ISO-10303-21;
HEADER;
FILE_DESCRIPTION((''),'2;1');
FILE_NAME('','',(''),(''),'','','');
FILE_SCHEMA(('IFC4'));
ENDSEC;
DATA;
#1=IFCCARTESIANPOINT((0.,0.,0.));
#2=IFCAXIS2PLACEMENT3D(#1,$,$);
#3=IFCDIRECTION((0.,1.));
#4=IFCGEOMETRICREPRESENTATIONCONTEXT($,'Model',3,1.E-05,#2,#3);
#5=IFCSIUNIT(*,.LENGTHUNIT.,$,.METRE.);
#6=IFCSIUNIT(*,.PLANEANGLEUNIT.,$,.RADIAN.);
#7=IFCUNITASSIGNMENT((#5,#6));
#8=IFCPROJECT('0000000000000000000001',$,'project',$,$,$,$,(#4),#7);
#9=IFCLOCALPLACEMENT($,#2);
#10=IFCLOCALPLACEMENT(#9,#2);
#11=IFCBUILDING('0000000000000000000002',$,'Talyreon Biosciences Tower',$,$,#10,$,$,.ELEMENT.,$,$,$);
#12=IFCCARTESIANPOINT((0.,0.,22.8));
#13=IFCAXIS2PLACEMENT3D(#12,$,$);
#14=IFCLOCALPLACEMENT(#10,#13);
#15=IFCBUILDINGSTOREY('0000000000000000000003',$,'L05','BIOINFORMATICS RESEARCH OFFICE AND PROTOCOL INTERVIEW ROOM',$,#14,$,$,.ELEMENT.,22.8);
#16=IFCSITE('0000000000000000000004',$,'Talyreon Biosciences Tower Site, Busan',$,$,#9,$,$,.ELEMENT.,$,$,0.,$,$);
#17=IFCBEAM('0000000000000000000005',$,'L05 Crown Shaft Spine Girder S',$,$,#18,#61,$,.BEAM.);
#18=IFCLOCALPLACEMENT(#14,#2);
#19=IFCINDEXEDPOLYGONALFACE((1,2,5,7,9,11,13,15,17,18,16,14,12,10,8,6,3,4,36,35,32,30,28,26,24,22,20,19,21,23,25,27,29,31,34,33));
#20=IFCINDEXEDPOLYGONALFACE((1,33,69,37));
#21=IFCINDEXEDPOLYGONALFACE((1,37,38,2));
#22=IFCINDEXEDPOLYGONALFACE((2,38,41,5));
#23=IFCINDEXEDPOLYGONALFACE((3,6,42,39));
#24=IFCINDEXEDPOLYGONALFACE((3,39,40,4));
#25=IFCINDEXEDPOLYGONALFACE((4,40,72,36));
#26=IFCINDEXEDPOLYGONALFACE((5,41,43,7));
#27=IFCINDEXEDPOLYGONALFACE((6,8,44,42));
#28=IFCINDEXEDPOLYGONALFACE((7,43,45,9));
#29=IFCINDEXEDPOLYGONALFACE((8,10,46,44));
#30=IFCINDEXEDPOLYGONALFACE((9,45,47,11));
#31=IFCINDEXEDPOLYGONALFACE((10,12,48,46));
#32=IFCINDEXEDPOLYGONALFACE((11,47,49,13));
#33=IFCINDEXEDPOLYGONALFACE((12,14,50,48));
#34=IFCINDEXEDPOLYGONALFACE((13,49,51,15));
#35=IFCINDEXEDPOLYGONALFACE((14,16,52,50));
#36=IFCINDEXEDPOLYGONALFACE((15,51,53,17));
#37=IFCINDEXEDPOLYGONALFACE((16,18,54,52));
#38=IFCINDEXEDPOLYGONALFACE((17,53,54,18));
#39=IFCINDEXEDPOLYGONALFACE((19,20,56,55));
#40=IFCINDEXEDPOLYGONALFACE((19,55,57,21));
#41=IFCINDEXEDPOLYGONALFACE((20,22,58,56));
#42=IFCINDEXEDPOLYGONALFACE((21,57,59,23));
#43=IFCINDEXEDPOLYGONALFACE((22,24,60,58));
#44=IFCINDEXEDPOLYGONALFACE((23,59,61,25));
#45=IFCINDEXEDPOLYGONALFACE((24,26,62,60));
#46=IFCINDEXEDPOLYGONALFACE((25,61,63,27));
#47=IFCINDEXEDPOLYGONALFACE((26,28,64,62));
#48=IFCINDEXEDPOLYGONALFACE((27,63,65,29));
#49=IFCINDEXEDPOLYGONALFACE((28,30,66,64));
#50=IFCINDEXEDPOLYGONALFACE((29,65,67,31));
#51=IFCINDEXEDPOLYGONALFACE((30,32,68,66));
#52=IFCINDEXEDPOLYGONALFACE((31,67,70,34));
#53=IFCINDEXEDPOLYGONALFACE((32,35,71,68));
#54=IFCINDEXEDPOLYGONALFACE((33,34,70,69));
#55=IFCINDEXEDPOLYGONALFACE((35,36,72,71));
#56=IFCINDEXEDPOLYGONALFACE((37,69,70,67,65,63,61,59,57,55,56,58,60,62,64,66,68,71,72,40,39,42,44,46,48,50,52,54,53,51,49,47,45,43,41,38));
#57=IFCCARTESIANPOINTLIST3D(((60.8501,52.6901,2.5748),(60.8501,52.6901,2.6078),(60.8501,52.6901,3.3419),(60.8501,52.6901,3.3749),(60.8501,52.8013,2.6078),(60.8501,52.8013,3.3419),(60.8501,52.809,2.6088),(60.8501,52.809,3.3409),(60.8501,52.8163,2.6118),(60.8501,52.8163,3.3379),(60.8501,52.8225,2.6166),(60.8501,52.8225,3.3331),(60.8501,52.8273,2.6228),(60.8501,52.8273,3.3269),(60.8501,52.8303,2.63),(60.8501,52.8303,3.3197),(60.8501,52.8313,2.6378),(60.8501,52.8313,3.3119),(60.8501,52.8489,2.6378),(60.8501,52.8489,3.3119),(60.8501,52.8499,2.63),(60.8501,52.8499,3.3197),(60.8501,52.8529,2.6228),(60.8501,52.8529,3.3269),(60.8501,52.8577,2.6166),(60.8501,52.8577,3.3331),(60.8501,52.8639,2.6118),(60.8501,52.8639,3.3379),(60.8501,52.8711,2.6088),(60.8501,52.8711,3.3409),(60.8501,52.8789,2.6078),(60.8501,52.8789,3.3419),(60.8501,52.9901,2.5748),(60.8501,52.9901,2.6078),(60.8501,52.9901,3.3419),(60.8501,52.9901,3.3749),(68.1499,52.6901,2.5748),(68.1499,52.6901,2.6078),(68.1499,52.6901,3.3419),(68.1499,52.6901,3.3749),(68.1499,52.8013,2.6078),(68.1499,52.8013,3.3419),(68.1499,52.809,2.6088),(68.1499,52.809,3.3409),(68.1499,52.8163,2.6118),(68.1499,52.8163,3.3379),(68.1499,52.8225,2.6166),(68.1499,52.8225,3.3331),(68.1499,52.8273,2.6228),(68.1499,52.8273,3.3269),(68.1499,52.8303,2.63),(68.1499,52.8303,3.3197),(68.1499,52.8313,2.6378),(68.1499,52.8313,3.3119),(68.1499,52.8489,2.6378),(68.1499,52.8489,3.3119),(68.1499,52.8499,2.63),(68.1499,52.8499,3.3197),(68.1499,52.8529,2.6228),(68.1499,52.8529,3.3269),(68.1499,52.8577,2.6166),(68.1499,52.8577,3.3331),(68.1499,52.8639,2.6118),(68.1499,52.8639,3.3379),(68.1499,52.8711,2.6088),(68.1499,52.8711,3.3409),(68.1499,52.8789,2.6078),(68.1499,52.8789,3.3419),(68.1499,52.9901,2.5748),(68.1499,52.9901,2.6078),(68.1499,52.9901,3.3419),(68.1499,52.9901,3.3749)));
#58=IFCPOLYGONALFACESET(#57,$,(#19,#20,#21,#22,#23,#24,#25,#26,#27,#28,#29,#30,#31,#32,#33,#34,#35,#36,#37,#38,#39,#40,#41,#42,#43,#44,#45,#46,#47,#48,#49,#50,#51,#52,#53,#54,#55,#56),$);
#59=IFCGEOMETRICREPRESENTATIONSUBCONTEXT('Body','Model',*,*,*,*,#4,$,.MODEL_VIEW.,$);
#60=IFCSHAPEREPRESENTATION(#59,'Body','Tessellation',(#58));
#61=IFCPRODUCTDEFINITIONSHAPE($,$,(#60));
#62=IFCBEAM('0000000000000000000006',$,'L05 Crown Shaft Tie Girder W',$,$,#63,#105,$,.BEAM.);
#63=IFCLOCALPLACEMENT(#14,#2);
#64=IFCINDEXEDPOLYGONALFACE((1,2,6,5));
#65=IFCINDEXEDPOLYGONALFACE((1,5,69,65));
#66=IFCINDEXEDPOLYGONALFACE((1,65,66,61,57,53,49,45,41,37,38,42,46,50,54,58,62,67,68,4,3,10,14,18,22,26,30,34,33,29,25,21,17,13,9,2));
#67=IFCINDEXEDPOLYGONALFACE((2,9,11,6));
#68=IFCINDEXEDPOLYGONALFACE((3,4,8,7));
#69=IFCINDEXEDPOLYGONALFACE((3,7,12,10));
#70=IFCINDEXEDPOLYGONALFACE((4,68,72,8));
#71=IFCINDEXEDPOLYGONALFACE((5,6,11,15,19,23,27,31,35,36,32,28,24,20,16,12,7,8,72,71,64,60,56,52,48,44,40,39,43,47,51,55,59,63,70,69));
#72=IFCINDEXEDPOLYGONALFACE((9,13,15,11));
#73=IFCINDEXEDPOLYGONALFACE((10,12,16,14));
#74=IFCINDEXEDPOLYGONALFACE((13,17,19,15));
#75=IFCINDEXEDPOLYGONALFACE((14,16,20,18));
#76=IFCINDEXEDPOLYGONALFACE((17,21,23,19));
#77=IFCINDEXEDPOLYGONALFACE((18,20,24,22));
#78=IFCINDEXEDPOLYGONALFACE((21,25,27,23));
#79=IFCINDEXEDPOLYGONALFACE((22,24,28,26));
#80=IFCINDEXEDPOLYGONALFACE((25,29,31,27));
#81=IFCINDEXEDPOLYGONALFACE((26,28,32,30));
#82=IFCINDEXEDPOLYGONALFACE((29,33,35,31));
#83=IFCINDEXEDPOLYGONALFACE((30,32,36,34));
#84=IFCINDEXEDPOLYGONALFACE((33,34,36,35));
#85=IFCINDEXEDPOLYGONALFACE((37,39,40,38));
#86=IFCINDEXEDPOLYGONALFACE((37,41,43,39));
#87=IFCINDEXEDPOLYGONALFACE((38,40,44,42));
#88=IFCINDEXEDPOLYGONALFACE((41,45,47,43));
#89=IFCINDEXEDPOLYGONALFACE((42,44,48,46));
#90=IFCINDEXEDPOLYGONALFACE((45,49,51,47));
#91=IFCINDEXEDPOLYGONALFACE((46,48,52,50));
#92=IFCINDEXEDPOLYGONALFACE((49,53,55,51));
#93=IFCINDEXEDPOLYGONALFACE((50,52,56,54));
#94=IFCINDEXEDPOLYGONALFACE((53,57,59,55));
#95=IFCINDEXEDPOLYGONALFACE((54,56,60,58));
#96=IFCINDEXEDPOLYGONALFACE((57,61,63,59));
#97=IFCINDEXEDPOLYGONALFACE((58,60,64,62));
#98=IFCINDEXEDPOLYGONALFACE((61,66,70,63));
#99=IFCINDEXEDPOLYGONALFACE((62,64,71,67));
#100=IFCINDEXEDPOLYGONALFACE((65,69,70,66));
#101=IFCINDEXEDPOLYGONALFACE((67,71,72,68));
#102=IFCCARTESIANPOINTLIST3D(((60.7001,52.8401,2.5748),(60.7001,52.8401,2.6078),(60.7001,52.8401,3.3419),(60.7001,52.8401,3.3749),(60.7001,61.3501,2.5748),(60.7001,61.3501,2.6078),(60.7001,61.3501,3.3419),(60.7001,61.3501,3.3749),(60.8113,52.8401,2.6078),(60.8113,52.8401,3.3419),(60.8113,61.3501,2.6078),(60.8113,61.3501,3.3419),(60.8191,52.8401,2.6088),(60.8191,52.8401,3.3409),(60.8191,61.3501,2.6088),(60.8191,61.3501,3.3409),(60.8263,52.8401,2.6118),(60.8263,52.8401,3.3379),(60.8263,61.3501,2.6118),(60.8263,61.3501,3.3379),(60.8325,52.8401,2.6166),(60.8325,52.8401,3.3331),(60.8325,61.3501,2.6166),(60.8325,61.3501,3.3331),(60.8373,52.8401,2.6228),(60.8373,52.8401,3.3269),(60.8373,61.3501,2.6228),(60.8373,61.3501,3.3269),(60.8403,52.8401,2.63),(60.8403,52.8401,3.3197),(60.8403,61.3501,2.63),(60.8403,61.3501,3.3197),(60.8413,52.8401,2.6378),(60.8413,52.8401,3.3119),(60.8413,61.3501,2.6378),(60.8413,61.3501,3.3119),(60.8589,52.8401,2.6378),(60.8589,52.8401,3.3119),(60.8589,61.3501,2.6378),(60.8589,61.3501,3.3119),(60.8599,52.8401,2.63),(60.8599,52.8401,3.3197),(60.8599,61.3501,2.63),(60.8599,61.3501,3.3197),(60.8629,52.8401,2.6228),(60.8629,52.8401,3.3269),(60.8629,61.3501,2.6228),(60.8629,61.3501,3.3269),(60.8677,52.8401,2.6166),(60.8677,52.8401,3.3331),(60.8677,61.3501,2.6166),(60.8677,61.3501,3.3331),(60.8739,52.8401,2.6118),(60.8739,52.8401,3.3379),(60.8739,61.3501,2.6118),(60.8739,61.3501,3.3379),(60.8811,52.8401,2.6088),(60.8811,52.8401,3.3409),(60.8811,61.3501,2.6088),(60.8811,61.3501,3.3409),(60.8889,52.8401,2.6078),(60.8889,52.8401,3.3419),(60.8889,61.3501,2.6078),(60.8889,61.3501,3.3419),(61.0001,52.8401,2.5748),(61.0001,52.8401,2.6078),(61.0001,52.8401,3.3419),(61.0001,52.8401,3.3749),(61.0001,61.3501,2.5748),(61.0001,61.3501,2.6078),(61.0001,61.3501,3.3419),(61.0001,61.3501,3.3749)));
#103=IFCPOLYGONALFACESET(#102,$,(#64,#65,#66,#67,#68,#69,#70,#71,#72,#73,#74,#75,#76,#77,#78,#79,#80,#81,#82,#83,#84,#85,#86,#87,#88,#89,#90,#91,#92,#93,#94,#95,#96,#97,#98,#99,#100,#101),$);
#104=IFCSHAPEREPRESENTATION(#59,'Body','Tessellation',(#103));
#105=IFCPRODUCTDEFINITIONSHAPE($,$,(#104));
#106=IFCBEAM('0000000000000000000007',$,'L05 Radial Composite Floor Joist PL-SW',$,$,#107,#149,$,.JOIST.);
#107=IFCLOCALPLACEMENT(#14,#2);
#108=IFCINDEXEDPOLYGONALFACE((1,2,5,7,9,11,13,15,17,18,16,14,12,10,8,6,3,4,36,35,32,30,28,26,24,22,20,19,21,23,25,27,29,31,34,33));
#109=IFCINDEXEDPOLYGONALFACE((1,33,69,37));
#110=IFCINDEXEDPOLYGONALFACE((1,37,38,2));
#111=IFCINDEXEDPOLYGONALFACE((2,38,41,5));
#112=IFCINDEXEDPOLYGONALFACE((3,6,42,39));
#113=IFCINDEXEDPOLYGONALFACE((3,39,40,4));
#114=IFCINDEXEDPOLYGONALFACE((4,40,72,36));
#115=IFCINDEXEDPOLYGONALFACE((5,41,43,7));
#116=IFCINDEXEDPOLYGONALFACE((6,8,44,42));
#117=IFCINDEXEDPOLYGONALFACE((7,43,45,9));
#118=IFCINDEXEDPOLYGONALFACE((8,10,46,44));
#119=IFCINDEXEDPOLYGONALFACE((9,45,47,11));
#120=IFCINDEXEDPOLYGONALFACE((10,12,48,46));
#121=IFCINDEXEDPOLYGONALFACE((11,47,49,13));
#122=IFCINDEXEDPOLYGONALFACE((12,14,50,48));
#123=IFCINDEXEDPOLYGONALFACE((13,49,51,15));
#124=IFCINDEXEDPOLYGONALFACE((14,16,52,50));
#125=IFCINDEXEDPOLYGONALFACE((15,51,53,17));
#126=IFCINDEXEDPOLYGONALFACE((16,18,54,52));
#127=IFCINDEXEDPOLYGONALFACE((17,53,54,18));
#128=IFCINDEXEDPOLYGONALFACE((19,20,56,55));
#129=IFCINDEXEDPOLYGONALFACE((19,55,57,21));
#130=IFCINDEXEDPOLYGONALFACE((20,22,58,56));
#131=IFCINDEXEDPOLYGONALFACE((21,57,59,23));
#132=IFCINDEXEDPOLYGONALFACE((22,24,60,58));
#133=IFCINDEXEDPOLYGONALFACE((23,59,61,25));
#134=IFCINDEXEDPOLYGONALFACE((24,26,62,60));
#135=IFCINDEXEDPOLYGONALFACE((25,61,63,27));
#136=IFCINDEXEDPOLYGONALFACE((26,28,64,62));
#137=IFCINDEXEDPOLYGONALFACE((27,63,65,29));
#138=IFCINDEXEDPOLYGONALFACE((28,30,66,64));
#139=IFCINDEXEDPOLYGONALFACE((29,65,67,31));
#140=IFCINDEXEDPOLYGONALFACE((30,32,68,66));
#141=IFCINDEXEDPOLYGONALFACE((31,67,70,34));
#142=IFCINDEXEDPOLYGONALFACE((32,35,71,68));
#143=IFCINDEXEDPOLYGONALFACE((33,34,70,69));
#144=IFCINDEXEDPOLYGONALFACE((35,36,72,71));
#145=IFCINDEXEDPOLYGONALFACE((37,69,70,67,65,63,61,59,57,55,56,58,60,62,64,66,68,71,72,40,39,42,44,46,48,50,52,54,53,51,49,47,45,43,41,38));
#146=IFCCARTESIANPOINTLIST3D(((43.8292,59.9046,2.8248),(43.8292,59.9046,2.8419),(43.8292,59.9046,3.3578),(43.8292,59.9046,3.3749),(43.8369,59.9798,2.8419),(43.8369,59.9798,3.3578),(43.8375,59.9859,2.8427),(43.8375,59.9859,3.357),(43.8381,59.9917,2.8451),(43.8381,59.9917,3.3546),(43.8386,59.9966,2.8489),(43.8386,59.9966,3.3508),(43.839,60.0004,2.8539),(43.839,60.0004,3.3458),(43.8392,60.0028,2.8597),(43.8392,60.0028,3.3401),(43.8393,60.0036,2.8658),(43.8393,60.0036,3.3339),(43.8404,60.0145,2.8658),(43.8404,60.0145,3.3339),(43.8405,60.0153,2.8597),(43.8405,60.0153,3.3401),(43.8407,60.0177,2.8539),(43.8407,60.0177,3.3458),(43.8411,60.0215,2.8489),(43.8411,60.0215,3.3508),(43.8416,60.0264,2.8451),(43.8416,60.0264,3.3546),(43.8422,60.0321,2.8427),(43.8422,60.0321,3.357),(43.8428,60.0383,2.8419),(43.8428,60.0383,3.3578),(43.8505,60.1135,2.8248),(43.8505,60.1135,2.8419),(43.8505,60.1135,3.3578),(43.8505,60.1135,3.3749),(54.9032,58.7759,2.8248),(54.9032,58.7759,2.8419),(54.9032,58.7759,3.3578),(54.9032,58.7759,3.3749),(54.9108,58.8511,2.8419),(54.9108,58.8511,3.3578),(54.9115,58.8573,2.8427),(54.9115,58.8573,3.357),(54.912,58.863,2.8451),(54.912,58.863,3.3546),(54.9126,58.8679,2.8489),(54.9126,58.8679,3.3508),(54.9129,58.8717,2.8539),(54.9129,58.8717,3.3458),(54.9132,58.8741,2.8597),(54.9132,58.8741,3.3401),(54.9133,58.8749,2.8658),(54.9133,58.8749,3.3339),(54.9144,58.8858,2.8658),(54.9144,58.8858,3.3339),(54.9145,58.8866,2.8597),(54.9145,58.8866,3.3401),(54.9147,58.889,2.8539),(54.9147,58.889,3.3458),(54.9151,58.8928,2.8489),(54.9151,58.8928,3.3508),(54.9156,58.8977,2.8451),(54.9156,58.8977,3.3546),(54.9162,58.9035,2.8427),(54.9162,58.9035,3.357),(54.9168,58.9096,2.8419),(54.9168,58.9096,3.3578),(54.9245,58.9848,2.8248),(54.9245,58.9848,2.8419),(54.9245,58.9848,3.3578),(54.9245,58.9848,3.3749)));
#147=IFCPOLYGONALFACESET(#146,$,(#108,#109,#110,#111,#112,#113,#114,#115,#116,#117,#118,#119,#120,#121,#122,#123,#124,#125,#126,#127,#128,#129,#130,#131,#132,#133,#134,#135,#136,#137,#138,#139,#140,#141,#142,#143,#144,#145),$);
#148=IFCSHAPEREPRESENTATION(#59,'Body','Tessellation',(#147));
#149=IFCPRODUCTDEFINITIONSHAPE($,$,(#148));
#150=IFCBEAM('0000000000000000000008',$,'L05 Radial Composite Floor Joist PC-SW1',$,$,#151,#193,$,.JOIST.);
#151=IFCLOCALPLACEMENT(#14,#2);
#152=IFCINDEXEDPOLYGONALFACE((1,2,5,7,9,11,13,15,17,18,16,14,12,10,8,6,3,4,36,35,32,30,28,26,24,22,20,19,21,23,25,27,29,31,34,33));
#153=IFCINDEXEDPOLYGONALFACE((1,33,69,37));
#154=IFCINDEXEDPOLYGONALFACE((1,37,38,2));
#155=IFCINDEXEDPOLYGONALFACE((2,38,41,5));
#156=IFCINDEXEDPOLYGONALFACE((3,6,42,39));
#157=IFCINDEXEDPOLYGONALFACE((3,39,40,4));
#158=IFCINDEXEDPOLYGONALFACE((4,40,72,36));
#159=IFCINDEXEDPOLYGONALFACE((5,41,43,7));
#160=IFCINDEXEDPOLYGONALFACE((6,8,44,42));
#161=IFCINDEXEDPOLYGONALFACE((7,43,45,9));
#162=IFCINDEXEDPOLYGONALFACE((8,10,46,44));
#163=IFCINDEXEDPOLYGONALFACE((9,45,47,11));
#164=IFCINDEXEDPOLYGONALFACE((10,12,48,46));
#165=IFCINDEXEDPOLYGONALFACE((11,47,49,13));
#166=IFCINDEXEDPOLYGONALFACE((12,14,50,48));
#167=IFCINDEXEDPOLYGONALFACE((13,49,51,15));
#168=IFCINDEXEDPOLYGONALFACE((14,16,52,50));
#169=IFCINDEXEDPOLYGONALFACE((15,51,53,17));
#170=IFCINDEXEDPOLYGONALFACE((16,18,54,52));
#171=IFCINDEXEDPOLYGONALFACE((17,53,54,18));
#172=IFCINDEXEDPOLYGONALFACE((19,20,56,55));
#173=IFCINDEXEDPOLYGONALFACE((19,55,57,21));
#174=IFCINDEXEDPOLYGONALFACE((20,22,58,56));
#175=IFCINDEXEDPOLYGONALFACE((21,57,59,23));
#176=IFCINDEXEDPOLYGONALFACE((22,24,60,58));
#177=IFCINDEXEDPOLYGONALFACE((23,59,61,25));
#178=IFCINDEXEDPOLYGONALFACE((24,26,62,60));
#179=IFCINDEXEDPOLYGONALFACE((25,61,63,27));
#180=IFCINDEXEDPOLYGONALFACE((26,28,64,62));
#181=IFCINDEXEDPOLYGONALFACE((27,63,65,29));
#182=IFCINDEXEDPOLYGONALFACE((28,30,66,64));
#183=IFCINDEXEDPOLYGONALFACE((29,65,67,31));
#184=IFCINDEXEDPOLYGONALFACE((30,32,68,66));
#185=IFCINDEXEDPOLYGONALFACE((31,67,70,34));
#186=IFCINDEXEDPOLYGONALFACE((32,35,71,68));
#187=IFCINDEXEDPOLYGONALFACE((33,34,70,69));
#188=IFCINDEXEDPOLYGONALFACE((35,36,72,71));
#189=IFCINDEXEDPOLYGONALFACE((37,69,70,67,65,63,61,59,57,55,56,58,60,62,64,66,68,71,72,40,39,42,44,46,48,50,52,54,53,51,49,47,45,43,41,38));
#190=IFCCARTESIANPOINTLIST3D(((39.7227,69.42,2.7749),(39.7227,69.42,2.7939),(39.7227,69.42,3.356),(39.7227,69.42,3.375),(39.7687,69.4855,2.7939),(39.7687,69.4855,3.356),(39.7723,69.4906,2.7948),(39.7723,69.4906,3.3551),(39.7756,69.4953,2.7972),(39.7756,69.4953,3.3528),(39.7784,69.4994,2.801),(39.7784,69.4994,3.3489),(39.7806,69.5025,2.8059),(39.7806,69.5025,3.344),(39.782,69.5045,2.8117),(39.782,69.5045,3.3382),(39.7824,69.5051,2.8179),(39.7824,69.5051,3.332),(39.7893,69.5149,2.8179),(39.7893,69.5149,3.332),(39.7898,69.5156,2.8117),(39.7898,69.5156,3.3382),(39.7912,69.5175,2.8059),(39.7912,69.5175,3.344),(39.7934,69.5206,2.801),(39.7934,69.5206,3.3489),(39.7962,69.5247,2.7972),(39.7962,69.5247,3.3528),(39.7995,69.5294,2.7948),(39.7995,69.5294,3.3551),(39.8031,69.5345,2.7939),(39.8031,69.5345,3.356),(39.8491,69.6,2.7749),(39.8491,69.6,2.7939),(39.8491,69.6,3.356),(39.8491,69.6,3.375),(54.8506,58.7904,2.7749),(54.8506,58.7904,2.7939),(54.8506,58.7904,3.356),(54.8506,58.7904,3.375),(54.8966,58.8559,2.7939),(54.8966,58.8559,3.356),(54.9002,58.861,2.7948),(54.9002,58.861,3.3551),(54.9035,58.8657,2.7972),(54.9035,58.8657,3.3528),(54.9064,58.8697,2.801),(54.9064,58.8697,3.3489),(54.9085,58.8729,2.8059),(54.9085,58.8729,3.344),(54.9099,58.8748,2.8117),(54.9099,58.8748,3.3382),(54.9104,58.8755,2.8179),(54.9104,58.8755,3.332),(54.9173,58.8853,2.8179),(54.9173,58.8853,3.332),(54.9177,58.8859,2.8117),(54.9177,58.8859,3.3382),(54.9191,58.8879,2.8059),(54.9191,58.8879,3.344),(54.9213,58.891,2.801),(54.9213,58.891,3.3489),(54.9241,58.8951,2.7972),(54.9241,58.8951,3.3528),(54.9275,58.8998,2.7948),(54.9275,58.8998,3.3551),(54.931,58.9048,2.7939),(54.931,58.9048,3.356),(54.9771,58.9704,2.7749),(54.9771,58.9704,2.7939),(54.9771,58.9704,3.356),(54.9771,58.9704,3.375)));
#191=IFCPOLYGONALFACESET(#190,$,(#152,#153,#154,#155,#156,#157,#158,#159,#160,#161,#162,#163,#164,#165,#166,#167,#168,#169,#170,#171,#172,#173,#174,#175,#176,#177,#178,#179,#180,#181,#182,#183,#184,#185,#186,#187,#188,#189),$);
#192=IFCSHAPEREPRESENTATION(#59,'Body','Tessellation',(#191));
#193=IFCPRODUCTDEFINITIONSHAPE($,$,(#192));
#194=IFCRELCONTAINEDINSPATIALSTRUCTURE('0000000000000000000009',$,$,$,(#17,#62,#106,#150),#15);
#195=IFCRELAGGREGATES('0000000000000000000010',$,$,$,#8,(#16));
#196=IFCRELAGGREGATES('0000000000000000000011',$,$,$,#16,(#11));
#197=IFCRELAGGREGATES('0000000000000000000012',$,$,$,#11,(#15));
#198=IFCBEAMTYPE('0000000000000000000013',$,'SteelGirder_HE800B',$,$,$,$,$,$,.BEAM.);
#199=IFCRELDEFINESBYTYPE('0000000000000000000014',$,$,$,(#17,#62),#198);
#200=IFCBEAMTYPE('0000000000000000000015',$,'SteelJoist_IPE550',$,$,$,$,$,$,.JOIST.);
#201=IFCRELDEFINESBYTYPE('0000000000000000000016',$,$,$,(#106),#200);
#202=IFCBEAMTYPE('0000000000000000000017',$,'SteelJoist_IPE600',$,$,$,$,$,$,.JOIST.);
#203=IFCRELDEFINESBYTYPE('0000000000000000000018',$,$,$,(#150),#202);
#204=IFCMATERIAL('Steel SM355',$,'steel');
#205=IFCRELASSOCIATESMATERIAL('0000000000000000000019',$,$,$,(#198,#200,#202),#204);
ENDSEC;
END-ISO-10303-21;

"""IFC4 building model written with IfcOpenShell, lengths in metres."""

from ifc_helpers import new_model, si_unit, direction, frame, origin, origin_2d, place, context, subcontext, project, spatial, i_section, extrude, material, material_profile, profile_set, type_object, element, save


model = new_model("IFC4")

# Units and contexts
model_context = context("Model", 3, precision=1e-05, world=origin(), true_north=direction((0.0, 1.0)))
body_context = subcontext(model_context, "Body", "Model", "MODEL_VIEW")
ifc_project = project(units=[si_unit("LENGTHUNIT", "METRE"), si_unit("PLANEANGLEUNIT", "RADIAN")], contexts=[model_context])

# Site, building, storey
site_placement = place(None, origin())
site = spatial("IfcSite", under=ifc_project, at=site_placement, Name="Talyreon Biosciences Tower Site, Busan", CompositionType="ELEMENT", RefElevation=0.0)
building_placement = place(site_placement, origin())
building = spatial("IfcBuilding", under=site, at=building_placement, Name="Talyreon Biosciences Tower", CompositionType="ELEMENT")
storey_placement = place(building_placement, frame((0.0, 0.0, 22.8)))
storey = spatial("IfcBuildingStorey", under=building, at=storey_placement, Name="L05", Description="BIOINFORMATICS RESEARCH OFFICE AND PROTOCOL INTERVIEW ROOM", CompositionType="ELEMENT", Elevation=22.8)

# Beams
ifc_material_1 = material(Name="Steel SM355", Category="steel")
ifc_material_profile_1 = material_profile(ifc_material_1, i_section(OverallWidth=0.3, OverallDepth=0.8, WebThickness=0.0176, FlangeThickness=0.033, FilletRadius=0.03, at=origin_2d()), Name="HE800B")
ifc_profile_set_1 = profile_set([ifc_material_profile_1], Name="Steel SM355")
beam_type_1 = type_object("IfcBeamType", Name="SteelGirder_HE800B", PredefinedType="BEAM", material=ifc_profile_set_1)
beam_1_placement = place(storey_placement, frame((60.8501, 52.8401, 2.9749), z_axis=(1.0, 0.0, 0.0), x_axis=(0.0, 1.0, 0.0)))
element("IfcBeam", 1, at=beam_1_placement, inside=storey, type_object=beam_type_1, Name="L05 Crown Shaft Spine Girder S", PredefinedType="BEAM", context=body_context, shape_type="SweptSolid", body=[
    extrude(i_section(OverallWidth=0.3, OverallDepth=0.8, WebThickness=0.0176, FlangeThickness=0.033, FilletRadius=0.03, at=origin_2d()), origin(), (0.0, 0.0, 1.0), 7.2998),
])
beam_2_placement = place(storey_placement, frame((60.8501, 52.8401, 2.9749), z_axis=(0.0, 1.0, 0.0), x_axis=(-1.0, 0.0, 0.0)))
element("IfcBeam", 2, at=beam_2_placement, inside=storey, type_object=beam_type_1, Name="L05 Crown Shaft Tie Girder W", PredefinedType="BEAM", context=body_context, shape_type="SweptSolid", body=[
    extrude(i_section(OverallWidth=0.3, OverallDepth=0.8, WebThickness=0.0176, FlangeThickness=0.033, FilletRadius=0.03, at=origin_2d()), origin(), (0.0, 0.0, 1.0), 8.51),
])
ifc_material_profile_2 = material_profile(ifc_material_1, i_section(OverallWidth=0.21, OverallDepth=0.55, WebThickness=0.011, FlangeThickness=0.0171, FilletRadius=0.0239, at=origin_2d()), Name="IPE550")
ifc_profile_set_2 = profile_set([ifc_material_profile_2], Name="Steel SM355")
beam_type_2 = type_object("IfcBeamType", Name="SteelJoist_IPE550", PredefinedType="JOIST", material=ifc_profile_set_2)
beam_3_placement = place(storey_placement, frame((54.9138, 58.8804, 3.0999), z_axis=(-0.994846, 0.101395, 0.0), x_axis=(-0.101395, -0.994846, 0.0)))
element("IfcBeam", 3, at=beam_3_placement, inside=storey, type_object=beam_type_2, Name="L05 Radial Composite Floor Joist PL-SW", PredefinedType="JOIST", context=body_context, shape_type="SweptSolid", body=[
    extrude(i_section(OverallWidth=0.21, OverallDepth=0.55, WebThickness=0.011, FlangeThickness=0.0171, FilletRadius=0.0239, at=origin_2d()), origin(), (0.0, 0.0, 1.0), 11.1313),
])
ifc_material_profile_3 = material_profile(ifc_material_1, i_section(OverallWidth=0.22, OverallDepth=0.6001, WebThickness=0.012, FlangeThickness=0.019, FilletRadius=0.0239, at=origin_2d()), Name="IPE600")
ifc_profile_set_3 = profile_set([ifc_material_profile_3], Name="Steel SM355")
beam_type_3 = type_object("IfcBeamType", Name="SteelJoist_IPE600", PredefinedType="JOIST", material=ifc_profile_set_3)
beam_4_placement = place(storey_placement, frame((54.9138, 58.8804, 3.075), z_axis=(-0.818212, 0.574917, 0.0), x_axis=(-0.574917, -0.818212, 0.0)))
element("IfcBeam", 4, at=beam_4_placement, inside=storey, type_object=beam_type_3, Name="L05 Radial Composite Floor Joist PC-SW1", PredefinedType="JOIST", context=body_context, shape_type="SweptSolid", body=[
    extrude(i_section(OverallWidth=0.22, OverallDepth=0.6001, WebThickness=0.012, FlangeThickness=0.019, FilletRadius=0.0239, at=origin_2d()), origin(), (0.0, 0.0, 1.0), 18.489),
])

save(model, "model.ifc")
